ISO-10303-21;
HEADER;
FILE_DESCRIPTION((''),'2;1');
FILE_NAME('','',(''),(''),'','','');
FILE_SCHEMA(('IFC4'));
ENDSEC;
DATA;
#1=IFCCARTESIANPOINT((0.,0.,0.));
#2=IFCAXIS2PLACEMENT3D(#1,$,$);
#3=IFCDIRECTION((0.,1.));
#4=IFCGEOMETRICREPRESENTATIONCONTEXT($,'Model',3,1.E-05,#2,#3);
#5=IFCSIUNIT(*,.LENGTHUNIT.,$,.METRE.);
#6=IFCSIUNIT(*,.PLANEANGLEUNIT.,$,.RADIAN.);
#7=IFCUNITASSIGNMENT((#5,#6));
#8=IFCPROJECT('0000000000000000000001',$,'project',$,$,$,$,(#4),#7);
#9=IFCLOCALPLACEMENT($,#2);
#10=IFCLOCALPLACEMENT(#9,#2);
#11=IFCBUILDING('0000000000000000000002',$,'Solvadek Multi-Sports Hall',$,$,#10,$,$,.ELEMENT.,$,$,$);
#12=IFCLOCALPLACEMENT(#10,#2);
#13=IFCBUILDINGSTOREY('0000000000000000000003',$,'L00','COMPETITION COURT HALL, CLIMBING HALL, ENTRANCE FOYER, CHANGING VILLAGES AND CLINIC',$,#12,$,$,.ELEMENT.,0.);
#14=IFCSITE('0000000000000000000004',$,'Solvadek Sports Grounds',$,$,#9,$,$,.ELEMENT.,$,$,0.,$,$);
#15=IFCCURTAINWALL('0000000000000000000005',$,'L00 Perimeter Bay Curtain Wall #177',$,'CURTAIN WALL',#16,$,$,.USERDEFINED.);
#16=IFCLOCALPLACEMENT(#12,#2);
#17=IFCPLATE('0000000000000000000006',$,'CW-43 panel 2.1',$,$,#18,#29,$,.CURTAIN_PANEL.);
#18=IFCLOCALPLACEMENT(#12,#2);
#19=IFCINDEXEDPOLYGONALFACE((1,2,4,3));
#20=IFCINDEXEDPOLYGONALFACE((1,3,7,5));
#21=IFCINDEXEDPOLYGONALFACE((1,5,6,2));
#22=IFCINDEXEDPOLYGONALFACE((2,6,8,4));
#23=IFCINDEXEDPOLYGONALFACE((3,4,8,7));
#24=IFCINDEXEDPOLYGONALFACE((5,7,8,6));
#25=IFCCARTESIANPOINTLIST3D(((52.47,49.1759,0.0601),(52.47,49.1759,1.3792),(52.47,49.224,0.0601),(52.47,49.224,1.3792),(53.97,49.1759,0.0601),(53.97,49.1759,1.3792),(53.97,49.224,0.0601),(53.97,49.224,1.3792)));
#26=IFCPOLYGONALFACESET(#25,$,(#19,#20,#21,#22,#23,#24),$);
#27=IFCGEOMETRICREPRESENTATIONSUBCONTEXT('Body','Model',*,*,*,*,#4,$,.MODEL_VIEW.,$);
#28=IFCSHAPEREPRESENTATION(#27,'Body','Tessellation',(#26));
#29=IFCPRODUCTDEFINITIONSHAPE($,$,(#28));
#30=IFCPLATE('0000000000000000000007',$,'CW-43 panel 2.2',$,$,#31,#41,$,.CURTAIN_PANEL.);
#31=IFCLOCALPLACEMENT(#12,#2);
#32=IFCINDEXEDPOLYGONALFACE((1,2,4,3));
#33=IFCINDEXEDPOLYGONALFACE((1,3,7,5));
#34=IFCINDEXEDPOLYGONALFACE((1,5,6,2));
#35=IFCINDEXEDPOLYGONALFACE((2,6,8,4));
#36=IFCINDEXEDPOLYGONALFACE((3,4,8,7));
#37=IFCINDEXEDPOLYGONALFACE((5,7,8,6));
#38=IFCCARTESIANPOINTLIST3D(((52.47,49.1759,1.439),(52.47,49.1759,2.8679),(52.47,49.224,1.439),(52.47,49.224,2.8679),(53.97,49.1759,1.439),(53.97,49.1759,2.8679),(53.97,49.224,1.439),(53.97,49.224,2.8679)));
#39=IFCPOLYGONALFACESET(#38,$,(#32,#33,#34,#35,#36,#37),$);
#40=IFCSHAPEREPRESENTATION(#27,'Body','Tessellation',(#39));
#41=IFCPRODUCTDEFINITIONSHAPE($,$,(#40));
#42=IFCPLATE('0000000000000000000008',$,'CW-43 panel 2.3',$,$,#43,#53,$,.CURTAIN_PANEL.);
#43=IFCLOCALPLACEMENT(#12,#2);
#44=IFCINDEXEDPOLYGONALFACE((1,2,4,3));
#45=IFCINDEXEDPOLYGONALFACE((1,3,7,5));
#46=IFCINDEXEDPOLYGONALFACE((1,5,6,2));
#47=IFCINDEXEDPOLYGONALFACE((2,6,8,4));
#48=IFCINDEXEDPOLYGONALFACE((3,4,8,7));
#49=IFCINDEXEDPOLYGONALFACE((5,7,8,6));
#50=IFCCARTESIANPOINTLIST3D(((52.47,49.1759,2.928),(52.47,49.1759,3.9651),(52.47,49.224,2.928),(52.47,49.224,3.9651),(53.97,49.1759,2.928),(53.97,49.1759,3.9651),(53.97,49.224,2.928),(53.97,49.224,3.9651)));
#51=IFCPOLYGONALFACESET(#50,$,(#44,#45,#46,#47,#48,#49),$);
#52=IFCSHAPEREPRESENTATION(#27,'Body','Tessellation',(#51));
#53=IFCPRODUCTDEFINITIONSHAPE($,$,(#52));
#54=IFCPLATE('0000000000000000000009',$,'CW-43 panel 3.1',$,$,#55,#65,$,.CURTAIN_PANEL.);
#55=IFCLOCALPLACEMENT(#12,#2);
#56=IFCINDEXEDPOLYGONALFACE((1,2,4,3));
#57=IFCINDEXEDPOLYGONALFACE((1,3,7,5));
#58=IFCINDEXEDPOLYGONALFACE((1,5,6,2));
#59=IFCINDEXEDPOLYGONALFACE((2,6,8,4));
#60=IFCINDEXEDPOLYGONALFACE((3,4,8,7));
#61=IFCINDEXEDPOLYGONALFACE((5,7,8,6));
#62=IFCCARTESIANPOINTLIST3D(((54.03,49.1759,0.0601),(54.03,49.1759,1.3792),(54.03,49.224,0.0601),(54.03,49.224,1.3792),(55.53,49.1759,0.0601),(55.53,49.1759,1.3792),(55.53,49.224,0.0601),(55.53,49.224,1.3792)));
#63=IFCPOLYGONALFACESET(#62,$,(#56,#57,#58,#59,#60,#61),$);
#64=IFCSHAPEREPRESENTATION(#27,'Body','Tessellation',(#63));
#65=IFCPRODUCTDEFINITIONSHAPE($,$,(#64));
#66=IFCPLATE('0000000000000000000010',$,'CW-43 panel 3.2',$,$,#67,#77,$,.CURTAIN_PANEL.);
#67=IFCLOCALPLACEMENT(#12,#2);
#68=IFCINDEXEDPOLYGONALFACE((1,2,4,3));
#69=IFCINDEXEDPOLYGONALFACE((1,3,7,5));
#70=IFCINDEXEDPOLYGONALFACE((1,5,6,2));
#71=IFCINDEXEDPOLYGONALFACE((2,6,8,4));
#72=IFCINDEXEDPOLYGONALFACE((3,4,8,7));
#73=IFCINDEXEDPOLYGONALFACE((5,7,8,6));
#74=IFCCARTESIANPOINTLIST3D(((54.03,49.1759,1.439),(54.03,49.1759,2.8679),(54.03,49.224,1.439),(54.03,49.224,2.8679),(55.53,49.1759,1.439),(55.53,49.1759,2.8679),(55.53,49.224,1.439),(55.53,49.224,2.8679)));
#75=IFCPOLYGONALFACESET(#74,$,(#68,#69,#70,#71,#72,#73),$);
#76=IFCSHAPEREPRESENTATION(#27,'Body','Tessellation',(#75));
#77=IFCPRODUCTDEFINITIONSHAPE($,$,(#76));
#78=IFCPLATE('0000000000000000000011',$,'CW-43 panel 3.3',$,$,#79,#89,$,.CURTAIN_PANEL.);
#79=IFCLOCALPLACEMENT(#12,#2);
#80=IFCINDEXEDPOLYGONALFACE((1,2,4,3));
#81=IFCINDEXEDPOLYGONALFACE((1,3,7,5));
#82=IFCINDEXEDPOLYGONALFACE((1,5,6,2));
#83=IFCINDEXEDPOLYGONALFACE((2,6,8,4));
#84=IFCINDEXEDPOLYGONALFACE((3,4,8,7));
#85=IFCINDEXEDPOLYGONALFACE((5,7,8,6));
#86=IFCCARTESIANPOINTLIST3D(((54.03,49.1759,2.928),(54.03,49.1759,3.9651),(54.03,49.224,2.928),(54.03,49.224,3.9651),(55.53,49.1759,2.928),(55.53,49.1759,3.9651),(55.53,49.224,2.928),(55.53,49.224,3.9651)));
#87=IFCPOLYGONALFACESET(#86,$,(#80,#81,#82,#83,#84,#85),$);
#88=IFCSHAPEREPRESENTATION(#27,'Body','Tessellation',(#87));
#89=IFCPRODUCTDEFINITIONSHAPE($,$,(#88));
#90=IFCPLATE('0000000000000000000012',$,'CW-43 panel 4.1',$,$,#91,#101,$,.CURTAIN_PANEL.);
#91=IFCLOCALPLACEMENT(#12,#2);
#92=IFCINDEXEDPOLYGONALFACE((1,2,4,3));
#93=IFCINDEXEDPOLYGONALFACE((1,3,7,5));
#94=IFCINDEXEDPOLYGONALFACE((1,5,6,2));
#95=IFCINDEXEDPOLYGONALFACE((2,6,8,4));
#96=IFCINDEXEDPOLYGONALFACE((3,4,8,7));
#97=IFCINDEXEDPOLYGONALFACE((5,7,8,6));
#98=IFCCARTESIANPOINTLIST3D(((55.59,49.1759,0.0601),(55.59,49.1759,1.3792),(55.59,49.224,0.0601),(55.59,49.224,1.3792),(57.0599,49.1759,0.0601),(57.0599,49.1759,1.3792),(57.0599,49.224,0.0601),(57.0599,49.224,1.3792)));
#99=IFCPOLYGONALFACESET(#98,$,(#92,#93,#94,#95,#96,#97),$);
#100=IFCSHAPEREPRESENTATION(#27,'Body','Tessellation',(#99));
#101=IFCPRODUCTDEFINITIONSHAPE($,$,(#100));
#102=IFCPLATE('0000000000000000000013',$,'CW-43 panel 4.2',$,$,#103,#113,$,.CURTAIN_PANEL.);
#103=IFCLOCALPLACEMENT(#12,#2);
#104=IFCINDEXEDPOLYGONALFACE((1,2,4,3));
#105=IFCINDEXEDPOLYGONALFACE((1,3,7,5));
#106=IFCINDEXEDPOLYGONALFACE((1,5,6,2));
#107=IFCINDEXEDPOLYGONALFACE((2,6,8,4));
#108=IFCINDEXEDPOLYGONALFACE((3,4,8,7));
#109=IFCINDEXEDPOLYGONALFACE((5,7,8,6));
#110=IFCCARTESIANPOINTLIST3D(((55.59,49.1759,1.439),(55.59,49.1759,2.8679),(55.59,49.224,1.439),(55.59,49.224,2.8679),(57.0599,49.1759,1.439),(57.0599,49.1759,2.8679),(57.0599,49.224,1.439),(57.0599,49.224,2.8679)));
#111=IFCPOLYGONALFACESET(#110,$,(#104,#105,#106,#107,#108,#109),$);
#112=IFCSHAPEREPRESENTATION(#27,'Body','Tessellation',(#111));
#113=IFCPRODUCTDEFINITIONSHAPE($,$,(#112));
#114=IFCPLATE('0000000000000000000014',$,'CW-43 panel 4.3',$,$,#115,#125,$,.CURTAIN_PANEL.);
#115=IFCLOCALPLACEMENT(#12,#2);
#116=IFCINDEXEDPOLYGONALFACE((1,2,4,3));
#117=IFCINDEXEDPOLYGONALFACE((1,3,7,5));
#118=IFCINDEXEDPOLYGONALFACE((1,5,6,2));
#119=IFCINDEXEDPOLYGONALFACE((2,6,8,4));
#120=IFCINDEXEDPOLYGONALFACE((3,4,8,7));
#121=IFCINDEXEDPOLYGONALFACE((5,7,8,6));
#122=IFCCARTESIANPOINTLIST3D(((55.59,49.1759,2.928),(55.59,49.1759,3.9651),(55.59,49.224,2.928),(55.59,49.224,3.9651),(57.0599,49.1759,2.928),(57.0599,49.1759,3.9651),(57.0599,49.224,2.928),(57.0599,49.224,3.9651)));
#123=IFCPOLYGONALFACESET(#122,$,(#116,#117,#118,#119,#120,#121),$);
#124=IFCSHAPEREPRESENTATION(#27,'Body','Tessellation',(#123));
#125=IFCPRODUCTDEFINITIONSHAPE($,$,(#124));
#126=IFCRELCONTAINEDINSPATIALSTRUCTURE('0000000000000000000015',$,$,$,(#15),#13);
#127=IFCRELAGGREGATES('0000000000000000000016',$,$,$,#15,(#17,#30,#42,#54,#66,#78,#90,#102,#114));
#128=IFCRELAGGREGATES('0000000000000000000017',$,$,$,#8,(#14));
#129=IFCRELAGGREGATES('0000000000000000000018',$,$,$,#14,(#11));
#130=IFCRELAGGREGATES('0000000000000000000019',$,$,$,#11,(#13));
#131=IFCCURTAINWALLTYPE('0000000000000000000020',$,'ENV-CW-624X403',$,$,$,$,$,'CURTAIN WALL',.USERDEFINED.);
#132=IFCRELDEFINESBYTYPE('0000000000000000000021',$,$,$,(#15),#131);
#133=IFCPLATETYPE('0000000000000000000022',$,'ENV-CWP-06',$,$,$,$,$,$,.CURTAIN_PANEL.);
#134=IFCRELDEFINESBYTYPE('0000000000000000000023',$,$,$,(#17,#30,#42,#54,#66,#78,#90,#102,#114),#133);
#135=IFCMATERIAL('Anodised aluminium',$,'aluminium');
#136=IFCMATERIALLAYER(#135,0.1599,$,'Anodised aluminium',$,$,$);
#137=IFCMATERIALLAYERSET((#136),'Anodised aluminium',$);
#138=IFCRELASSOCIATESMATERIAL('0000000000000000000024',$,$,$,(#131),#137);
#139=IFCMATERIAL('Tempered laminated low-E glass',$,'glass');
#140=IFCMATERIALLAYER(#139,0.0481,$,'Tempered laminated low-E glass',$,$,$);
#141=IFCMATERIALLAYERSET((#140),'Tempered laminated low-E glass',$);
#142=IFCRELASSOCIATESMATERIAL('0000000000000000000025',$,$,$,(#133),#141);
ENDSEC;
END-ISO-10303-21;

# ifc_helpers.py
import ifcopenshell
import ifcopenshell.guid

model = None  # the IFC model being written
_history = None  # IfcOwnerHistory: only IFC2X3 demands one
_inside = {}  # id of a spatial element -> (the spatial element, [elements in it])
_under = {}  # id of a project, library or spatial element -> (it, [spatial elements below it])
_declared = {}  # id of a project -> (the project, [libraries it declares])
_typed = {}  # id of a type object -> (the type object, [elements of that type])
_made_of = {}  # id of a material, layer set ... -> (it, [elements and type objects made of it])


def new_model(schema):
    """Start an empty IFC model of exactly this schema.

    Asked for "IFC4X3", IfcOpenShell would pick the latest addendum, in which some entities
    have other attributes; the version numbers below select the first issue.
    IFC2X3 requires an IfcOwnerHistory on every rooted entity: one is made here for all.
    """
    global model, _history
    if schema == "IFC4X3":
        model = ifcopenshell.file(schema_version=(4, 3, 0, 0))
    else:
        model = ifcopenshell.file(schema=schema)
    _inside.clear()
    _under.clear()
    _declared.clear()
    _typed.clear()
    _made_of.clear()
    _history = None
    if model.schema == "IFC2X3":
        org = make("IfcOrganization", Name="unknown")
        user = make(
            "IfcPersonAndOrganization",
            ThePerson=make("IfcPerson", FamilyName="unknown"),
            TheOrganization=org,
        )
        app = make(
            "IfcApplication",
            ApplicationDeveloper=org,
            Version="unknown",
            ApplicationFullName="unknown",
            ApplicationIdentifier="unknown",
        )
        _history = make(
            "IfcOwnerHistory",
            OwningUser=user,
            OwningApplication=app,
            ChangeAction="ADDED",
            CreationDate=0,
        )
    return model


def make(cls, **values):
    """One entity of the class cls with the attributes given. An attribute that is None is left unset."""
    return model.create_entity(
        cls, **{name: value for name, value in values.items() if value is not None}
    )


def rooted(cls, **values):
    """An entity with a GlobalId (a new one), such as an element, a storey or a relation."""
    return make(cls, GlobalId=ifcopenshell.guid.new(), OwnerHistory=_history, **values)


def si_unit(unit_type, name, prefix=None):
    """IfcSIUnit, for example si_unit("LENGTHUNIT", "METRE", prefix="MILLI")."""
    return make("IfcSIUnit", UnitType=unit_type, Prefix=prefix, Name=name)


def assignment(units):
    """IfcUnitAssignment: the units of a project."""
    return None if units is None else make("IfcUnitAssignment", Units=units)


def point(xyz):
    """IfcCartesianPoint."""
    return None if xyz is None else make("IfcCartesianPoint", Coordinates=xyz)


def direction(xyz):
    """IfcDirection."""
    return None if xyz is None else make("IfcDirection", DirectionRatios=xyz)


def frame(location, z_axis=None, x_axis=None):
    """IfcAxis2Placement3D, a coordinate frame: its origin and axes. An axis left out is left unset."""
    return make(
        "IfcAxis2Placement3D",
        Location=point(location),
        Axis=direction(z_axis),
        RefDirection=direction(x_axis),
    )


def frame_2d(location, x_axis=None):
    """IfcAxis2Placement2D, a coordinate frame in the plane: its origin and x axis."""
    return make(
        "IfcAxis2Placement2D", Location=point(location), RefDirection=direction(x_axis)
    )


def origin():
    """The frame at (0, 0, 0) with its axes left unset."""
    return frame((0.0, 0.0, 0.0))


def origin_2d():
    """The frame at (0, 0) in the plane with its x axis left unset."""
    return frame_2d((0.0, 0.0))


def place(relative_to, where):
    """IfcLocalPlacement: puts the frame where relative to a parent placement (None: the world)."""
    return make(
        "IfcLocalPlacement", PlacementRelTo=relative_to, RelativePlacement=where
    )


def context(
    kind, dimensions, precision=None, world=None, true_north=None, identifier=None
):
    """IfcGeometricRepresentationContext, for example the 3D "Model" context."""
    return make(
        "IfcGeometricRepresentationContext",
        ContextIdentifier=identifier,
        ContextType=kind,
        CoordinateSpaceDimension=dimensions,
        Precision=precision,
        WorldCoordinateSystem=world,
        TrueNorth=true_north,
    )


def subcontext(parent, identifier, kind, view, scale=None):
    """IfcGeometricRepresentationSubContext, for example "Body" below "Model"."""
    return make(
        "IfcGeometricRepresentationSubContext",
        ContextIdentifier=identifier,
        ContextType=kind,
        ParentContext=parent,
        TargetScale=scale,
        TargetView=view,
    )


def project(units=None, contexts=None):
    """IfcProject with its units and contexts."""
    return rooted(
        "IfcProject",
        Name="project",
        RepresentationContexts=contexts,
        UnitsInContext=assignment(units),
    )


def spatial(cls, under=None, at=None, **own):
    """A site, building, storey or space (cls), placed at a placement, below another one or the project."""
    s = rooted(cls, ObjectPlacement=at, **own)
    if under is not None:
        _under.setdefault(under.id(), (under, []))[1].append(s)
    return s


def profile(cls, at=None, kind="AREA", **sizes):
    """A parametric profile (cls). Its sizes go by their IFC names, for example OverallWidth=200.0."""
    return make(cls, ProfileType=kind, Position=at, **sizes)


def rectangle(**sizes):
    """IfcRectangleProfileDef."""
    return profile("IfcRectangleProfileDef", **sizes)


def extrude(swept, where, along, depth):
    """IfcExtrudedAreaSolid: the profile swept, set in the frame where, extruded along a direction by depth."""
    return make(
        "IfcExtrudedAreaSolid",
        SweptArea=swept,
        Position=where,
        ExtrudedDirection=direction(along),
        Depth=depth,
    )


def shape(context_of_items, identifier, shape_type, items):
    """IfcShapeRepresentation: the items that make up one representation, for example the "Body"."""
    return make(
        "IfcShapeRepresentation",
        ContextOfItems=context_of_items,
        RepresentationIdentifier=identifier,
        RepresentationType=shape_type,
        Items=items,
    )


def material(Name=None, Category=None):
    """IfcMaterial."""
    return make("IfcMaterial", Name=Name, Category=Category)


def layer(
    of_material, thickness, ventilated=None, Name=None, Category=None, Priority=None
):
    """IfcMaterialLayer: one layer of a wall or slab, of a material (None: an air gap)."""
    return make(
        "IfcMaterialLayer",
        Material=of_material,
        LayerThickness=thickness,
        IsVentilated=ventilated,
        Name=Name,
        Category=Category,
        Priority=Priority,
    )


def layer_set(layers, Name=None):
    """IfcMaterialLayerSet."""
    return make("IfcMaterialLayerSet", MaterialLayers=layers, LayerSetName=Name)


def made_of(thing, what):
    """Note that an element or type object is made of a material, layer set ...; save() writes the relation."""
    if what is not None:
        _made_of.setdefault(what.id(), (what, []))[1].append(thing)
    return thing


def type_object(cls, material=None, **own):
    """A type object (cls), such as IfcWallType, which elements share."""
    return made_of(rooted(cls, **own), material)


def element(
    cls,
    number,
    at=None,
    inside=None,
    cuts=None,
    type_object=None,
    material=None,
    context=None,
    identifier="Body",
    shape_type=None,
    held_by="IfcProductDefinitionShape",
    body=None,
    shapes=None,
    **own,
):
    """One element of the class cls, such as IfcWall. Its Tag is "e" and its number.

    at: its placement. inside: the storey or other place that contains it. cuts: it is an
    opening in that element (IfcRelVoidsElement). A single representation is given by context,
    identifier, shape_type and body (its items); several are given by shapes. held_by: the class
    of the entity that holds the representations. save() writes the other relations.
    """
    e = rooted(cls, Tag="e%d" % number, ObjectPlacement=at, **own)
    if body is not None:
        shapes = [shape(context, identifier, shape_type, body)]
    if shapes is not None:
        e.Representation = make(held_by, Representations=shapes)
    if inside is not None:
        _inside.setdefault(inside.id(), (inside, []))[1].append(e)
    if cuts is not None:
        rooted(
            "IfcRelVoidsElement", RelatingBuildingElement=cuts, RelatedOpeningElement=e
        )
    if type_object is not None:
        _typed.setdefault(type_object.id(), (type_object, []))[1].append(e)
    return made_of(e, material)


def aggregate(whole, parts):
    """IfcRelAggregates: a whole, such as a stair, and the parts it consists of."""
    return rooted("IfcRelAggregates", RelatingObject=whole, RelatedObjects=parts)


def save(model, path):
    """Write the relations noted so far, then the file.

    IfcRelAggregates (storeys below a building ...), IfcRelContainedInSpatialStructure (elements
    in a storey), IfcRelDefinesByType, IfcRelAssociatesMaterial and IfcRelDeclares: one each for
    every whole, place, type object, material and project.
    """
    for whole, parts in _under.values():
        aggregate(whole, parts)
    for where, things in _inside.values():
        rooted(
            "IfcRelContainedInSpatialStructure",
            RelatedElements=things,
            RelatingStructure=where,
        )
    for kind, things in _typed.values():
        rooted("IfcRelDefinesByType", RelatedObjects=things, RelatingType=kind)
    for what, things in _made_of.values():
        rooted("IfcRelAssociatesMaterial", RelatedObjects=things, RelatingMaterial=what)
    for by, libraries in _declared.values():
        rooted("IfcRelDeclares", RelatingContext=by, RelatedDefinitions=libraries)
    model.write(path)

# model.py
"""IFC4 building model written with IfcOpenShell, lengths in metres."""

from ifc_helpers import new_model, si_unit, direction, frame, origin, origin_2d, place, context, subcontext, project, spatial, rectangle, extrude, material, layer, layer_set, type_object, element, aggregate, save


model = new_model("IFC4")

# Units and contexts
model_context = context("Model", 3, precision=1e-05, world=origin(), true_north=direction((0.0, 1.0)))
body_context = subcontext(model_context, "Body", "Model", "MODEL_VIEW")
ifc_project = project(units=[si_unit("LENGTHUNIT", "METRE"), si_unit("PLANEANGLEUNIT", "RADIAN")], contexts=[model_context])

# Site, building, storey
site_placement = place(None, origin())
site = spatial("IfcSite", under=ifc_project, at=site_placement, Name="Solvadek Sports Grounds", CompositionType="ELEMENT", RefElevation=0.0)
building_placement = place(site_placement, origin())
building = spatial("IfcBuilding", under=site, at=building_placement, Name="Solvadek Multi-Sports Hall", CompositionType="ELEMENT")
storey_placement = place(building_placement, origin())
storey = spatial("IfcBuildingStorey", under=building, at=storey_placement, Name="L00", Description="COMPETITION COURT HALL, CLIMBING HALL, ENTRANCE FOYER, CHANGING VILLAGES AND CLINIC", CompositionType="ELEMENT", Elevation=0.0)

# Curtain wall
ifc_material_1 = material(Name="Anodised aluminium", Category="aluminium")
ifc_layer_1 = layer(ifc_material_1, 0.1599, Name="Anodised aluminium")
ifc_layer_set_1 = layer_set([ifc_layer_1], Name="Anodised aluminium")
curtain_wall_type = type_object("IfcCurtainWallType", Name="ENV-CW-624X403", ElementType="CURTAIN WALL", PredefinedType="USERDEFINED", material=ifc_layer_set_1)
curtain_wall_placement = place(storey_placement, origin())
curtain_wall = element("IfcCurtainWall", 1, at=curtain_wall_placement, inside=storey, type_object=curtain_wall_type, Name="L00 Perimeter Bay Curtain Wall #177", ObjectType="CURTAIN WALL", PredefinedType="USERDEFINED")

# Plates
ifc_material_2 = material(Name="Tempered laminated low-E glass", Category="glass")
ifc_layer_2 = layer(ifc_material_2, 0.0481, Name="Tempered laminated low-E glass")
ifc_layer_set_2 = layer_set([ifc_layer_2], Name="Tempered laminated low-E glass")
plate_type = type_object("IfcPlateType", Name="ENV-CWP-06", PredefinedType="CURTAIN_PANEL", material=ifc_layer_set_2)
plate_1_placement = place(storey_placement, frame((53.22, 49.2, 0.0601), z_axis=(0.0, 0.0, 1.0), x_axis=(1.0, 0.0, 0.0)))
plate_1 = element("IfcPlate", 2, at=plate_1_placement, type_object=plate_type, Name="CW-43 panel 2.1", PredefinedType="CURTAIN_PANEL", context=body_context, shape_type="SweptSolid", body=[
    extrude(rectangle(XDim=1.5, YDim=0.0481, at=origin_2d()), origin(), (0.0, 0.0, 1.0), 1.3191),
])
plate_2_placement = place(storey_placement, frame((53.22, 49.2, 1.439), z_axis=(0.0, 0.0, 1.0), x_axis=(1.0, 0.0, 0.0)))
plate_2 = element("IfcPlate", 3, at=plate_2_placement, type_object=plate_type, Name="CW-43 panel 2.2", PredefinedType="CURTAIN_PANEL", context=body_context, shape_type="SweptSolid", body=[
    extrude(rectangle(XDim=1.5, YDim=0.0481, at=origin_2d()), origin(), (0.0, 0.0, 1.0), 1.429),
])
plate_3_placement = place(storey_placement, frame((53.22, 49.2, 2.928), z_axis=(0.0, 0.0, 1.0), x_axis=(1.0, 0.0, 0.0)))
plate_3 = element("IfcPlate", 4, at=plate_3_placement, type_object=plate_type, Name="CW-43 panel 2.3", PredefinedType="CURTAIN_PANEL", context=body_context, shape_type="SweptSolid", body=[
    extrude(rectangle(XDim=1.5, YDim=0.0481, at=origin_2d()), origin(), (0.0, 0.0, 1.0), 1.0371),
])
plate_4_placement = place(storey_placement, frame((54.78, 49.2, 0.0601), z_axis=(0.0, 0.0, 1.0), x_axis=(1.0, 0.0, 0.0)))
plate_4 = element("IfcPlate", 5, at=plate_4_placement, type_object=plate_type, Name="CW-43 panel 3.1", PredefinedType="CURTAIN_PANEL", context=body_context, shape_type="SweptSolid", body=[
    extrude(rectangle(XDim=1.5, YDim=0.0481, at=origin_2d()), origin(), (0.0, 0.0, 1.0), 1.3191),
])
plate_5_placement = place(storey_placement, frame((54.78, 49.2, 1.439), z_axis=(0.0, 0.0, 1.0), x_axis=(1.0, 0.0, 0.0)))
plate_5 = element("IfcPlate", 6, at=plate_5_placement, type_object=plate_type, Name="CW-43 panel 3.2", PredefinedType="CURTAIN_PANEL", context=body_context, shape_type="SweptSolid", body=[
    extrude(rectangle(XDim=1.5, YDim=0.0481, at=origin_2d()), origin(), (0.0, 0.0, 1.0), 1.429),
])
plate_6_placement = place(storey_placement, frame((54.78, 49.2, 2.928), z_axis=(0.0, 0.0, 1.0), x_axis=(1.0, 0.0, 0.0)))
plate_6 = element("IfcPlate", 7, at=plate_6_placement, type_object=plate_type, Name="CW-43 panel 3.3", PredefinedType="CURTAIN_PANEL", context=body_context, shape_type="SweptSolid", body=[
    extrude(rectangle(XDim=1.5, YDim=0.0481, at=origin_2d()), origin(), (0.0, 0.0, 1.0), 1.0371),
])
plate_7_placement = place(storey_placement, frame((56.325, 49.2, 0.0601), z_axis=(0.0, 0.0, 1.0), x_axis=(1.0, 0.0, 0.0)))
plate_7 = element("IfcPlate", 8, at=plate_7_placement, type_object=plate_type, Name="CW-43 panel 4.1", PredefinedType="CURTAIN_PANEL", context=body_context, shape_type="SweptSolid", body=[
    extrude(rectangle(XDim=1.47, YDim=0.0481, at=origin_2d()), origin(), (0.0, 0.0, 1.0), 1.3191),
])
plate_8_placement = place(storey_placement, frame((56.325, 49.2, 1.439), z_axis=(0.0, 0.0, 1.0), x_axis=(1.0, 0.0, 0.0)))
plate_8 = element("IfcPlate", 9, at=plate_8_placement, type_object=plate_type, Name="CW-43 panel 4.2", PredefinedType="CURTAIN_PANEL", context=body_context, shape_type="SweptSolid", body=[
    extrude(rectangle(XDim=1.47, YDim=0.0481, at=origin_2d()), origin(), (0.0, 0.0, 1.0), 1.429),
])
plate_9_placement = place(storey_placement, frame((56.325, 49.2, 2.928), z_axis=(0.0, 0.0, 1.0), x_axis=(1.0, 0.0, 0.0)))
plate_9 = element("IfcPlate", 10, at=plate_9_placement, type_object=plate_type, Name="CW-43 panel 4.3", PredefinedType="CURTAIN_PANEL", context=body_context, shape_type="SweptSolid", body=[
    extrude(rectangle(XDim=1.47, YDim=0.0481, at=origin_2d()), origin(), (0.0, 0.0, 1.0), 1.0371),
])
aggregate(curtain_wall, [plate_1, plate_2, plate_3, plate_4, plate_5, plate_6, plate_7, plate_8, plate_9])

save(model, "model.ifc")
